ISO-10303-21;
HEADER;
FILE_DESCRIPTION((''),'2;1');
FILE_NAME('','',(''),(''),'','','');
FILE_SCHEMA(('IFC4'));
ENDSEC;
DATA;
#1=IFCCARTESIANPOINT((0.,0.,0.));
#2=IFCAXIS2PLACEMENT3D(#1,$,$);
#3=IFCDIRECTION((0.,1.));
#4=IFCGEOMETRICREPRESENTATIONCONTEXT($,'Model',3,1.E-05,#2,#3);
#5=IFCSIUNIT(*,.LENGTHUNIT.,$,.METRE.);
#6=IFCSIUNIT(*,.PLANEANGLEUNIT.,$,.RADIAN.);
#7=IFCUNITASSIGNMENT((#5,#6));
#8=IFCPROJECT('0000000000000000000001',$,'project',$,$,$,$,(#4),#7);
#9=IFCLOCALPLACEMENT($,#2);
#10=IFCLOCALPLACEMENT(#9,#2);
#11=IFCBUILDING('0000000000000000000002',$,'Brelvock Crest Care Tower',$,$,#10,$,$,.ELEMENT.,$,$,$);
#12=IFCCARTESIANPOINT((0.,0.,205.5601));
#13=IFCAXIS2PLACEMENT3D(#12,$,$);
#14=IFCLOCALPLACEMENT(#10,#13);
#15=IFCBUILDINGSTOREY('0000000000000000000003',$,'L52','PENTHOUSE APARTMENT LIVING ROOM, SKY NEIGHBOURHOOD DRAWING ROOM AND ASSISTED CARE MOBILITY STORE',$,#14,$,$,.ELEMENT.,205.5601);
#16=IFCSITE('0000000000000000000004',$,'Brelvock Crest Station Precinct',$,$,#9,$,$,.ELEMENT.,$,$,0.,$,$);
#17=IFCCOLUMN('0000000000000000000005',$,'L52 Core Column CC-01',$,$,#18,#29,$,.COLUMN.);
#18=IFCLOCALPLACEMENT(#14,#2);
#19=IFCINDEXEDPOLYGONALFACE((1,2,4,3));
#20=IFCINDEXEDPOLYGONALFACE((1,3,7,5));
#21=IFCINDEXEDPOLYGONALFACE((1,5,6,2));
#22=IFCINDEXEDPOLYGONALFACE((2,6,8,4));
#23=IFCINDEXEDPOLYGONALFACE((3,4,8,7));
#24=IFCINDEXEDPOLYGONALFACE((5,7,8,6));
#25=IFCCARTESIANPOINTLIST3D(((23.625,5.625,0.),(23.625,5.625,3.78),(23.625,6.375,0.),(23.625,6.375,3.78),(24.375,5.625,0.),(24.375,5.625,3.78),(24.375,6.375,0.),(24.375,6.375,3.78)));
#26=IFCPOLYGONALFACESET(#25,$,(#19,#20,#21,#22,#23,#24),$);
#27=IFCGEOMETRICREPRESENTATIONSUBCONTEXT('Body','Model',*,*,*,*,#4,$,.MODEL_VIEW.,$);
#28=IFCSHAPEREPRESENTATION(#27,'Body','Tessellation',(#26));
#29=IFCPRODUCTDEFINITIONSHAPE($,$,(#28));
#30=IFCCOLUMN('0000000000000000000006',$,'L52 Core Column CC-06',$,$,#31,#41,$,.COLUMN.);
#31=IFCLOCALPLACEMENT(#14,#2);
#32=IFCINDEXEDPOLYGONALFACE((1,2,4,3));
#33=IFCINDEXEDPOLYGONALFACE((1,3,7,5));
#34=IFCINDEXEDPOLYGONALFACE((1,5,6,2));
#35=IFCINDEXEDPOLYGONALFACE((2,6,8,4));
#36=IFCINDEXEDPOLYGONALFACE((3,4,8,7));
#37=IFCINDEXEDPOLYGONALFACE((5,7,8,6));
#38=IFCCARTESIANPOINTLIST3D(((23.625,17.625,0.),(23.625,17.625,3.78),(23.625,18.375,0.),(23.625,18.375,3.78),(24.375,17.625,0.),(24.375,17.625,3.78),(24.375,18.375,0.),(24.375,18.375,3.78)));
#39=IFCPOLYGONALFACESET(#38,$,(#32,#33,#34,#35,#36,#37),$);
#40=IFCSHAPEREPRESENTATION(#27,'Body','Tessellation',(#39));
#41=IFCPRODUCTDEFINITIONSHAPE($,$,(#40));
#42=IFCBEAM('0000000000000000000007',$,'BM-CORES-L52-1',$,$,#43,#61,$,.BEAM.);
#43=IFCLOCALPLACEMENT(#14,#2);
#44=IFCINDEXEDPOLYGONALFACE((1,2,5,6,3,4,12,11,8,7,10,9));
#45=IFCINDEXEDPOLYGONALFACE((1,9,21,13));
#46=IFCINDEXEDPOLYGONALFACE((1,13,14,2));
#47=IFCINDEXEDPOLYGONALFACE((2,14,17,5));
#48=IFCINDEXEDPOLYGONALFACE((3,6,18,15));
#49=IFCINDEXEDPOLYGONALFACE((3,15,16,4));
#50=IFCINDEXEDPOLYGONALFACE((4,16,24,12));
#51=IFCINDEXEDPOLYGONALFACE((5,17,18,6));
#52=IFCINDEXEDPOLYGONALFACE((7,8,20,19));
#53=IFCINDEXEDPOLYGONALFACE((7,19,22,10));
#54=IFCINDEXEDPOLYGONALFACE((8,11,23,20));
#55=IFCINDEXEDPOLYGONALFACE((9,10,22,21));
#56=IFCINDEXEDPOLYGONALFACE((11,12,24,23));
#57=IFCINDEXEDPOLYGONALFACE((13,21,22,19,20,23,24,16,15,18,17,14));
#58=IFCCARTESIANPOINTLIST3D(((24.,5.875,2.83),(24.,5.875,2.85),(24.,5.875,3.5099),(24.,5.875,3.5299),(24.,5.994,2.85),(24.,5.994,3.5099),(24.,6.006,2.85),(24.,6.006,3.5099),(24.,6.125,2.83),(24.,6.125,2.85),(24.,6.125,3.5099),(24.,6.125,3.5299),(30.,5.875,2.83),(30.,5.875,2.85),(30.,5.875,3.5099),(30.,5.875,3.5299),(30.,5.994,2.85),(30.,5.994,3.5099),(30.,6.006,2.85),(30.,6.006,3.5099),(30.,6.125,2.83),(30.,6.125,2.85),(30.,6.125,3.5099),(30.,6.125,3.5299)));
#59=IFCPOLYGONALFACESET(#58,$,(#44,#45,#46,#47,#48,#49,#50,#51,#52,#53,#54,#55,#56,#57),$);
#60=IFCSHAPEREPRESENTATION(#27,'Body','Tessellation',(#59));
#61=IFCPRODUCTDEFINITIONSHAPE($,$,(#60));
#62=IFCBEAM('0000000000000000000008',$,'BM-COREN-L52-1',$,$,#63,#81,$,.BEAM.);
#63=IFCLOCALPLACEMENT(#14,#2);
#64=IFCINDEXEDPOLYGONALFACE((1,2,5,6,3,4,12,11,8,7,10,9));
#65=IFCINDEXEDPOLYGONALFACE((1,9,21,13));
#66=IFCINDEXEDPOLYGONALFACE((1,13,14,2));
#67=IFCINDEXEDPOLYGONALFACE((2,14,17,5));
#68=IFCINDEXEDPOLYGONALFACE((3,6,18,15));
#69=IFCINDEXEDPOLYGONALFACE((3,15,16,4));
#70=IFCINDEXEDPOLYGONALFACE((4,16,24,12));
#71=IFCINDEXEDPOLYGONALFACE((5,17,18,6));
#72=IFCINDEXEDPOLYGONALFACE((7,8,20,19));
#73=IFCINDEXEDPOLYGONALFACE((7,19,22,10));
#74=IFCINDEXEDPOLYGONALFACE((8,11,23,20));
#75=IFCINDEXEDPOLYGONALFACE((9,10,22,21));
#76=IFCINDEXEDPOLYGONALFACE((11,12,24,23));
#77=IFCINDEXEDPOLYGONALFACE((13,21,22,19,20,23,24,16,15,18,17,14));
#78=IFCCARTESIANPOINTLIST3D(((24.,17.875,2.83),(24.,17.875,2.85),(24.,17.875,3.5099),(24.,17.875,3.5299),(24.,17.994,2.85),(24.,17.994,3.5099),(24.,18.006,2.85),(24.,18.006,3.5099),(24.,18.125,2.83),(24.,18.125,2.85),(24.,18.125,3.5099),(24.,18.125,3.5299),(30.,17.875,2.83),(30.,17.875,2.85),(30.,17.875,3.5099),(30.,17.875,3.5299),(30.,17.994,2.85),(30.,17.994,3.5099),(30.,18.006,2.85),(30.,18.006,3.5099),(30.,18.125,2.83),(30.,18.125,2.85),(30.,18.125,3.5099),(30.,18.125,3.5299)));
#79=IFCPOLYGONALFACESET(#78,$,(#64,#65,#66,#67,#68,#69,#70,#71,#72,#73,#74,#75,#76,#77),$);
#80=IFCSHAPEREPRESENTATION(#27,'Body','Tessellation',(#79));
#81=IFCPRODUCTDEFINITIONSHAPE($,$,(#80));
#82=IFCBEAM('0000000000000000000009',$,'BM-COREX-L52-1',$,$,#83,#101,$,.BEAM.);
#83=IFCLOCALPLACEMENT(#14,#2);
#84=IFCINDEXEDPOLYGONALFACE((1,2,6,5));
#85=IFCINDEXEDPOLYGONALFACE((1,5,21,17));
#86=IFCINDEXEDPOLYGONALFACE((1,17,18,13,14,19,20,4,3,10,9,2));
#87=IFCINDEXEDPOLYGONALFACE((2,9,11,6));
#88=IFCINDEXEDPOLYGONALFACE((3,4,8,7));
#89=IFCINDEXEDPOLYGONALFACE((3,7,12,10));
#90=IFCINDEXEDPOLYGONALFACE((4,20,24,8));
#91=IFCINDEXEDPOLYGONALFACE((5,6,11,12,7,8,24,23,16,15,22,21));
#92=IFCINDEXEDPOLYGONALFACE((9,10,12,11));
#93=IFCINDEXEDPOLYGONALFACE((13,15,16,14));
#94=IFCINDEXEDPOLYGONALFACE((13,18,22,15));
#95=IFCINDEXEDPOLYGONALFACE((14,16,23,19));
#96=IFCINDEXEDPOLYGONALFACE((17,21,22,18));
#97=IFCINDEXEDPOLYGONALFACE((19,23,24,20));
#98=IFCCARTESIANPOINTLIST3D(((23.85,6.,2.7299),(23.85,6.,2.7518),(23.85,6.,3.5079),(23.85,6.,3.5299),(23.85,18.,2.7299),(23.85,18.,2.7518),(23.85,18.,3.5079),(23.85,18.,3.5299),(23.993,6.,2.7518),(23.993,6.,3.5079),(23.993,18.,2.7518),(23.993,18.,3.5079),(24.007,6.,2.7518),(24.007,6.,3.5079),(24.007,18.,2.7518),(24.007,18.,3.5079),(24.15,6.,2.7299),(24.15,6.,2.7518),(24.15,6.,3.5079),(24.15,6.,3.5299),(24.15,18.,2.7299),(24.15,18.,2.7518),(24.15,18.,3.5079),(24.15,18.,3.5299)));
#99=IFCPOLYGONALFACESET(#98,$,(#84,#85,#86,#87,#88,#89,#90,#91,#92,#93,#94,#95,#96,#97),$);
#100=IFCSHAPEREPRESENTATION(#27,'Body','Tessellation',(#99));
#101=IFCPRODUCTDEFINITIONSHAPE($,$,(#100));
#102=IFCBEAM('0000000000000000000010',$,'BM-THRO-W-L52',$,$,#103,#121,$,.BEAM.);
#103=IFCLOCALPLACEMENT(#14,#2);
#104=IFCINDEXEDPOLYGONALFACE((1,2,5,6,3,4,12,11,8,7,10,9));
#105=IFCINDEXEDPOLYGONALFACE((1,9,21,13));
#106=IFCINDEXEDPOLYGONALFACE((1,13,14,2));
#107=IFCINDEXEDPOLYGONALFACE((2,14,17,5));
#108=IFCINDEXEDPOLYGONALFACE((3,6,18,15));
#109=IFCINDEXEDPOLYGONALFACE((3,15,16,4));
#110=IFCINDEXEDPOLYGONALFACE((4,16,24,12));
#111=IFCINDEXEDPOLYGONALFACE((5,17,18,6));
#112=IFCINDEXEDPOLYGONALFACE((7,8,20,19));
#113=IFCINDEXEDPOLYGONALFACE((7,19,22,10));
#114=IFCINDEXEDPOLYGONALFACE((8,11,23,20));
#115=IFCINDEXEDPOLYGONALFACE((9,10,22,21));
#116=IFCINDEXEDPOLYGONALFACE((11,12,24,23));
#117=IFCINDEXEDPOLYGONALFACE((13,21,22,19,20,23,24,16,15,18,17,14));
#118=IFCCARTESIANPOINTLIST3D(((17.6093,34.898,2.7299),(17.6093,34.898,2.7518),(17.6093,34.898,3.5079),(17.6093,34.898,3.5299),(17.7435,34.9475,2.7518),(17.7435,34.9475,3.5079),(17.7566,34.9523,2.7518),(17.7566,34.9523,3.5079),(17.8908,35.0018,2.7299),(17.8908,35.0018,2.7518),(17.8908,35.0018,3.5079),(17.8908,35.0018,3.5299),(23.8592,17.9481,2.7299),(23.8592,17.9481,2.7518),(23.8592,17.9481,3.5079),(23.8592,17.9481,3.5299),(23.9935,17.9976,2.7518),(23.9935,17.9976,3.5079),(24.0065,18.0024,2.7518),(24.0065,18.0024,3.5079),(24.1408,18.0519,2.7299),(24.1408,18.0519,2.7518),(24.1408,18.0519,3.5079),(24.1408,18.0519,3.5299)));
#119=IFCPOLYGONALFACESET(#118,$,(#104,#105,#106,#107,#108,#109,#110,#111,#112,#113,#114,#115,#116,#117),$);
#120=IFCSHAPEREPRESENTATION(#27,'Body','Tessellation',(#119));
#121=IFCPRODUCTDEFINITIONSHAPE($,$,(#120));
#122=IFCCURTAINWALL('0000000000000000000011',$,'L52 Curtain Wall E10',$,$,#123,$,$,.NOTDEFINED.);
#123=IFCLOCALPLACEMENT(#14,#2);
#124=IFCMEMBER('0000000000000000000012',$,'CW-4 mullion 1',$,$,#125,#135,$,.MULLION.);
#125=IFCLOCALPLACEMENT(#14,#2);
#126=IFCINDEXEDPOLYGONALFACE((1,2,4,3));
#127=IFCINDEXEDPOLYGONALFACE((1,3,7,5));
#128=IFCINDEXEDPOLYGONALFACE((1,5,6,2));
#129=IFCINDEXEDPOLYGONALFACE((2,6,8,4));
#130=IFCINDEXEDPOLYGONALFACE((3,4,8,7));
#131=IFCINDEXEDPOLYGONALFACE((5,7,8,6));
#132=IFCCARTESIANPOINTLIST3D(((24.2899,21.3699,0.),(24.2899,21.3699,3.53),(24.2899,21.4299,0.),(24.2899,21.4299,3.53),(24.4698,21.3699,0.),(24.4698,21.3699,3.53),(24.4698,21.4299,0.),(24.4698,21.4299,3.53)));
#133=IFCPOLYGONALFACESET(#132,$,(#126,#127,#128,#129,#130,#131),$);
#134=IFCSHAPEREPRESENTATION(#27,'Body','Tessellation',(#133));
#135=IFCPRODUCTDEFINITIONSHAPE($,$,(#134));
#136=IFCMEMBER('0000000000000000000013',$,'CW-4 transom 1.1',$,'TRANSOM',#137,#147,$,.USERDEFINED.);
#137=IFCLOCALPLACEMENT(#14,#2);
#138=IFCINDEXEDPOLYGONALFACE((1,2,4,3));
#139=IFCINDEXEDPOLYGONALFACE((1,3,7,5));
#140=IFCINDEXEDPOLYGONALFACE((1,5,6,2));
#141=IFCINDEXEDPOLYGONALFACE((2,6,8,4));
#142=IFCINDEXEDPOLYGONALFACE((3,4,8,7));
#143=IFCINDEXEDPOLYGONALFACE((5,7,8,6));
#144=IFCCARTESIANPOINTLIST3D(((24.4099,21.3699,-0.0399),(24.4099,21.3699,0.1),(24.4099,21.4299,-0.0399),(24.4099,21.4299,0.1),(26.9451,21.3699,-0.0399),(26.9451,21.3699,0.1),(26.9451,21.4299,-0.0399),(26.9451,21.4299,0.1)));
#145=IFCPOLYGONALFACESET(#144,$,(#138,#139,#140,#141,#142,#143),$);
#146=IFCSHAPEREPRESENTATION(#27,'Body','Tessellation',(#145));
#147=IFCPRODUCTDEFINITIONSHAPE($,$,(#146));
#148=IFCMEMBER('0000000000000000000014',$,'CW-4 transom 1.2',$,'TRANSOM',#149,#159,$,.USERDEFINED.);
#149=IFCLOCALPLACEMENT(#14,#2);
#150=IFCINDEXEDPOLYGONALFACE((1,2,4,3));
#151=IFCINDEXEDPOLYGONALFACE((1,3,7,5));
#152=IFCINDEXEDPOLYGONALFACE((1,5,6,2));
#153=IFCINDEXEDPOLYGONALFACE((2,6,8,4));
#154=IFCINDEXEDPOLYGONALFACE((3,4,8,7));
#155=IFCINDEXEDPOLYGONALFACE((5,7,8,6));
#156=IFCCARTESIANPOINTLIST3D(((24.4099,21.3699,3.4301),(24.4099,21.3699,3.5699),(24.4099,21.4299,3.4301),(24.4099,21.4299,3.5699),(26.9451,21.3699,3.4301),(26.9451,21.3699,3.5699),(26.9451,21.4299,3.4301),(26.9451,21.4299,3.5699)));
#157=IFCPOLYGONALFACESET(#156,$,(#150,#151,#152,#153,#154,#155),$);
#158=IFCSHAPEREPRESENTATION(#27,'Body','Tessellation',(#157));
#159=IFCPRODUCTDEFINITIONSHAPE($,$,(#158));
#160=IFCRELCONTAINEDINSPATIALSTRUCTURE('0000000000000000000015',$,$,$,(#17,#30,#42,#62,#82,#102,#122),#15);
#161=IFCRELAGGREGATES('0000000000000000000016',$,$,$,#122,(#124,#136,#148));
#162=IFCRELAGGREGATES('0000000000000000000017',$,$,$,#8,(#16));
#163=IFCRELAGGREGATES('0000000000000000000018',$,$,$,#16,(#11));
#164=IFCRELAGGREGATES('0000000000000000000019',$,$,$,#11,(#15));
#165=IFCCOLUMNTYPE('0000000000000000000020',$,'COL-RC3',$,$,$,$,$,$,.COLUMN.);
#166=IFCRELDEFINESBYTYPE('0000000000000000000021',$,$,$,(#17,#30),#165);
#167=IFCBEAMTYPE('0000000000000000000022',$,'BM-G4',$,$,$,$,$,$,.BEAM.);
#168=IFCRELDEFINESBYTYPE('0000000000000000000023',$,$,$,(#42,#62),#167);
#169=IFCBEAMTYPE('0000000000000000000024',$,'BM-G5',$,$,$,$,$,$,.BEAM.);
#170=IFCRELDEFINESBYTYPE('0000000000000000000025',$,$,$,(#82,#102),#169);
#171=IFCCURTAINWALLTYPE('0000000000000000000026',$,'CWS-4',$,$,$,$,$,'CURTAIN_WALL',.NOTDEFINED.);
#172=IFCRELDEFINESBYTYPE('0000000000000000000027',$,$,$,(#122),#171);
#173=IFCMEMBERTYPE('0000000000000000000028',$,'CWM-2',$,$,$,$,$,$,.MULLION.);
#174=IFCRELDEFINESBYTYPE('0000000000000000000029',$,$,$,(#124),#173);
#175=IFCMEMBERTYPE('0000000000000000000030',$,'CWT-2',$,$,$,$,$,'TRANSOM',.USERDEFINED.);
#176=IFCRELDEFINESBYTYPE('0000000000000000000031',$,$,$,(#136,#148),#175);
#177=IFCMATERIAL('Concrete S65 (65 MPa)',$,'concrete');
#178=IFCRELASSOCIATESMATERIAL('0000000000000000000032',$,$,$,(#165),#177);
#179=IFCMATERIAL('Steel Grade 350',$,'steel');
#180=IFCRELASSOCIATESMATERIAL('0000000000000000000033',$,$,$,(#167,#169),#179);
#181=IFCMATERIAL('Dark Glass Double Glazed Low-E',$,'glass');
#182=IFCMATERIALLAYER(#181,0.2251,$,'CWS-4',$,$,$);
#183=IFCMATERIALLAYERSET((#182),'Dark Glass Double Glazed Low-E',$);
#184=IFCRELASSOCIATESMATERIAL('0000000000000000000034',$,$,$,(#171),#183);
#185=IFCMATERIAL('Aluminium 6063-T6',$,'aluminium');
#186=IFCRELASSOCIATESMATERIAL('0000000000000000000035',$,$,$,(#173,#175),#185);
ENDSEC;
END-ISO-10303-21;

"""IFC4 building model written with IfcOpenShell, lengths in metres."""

from ifc_helpers import new_model, si_unit, direction, frame, origin, origin_2d, place, context, subcontext, project, spatial, rectangle, i_section, extrude, source, transform, mapped, material, layer, layer_set, material_profile, profile_set, type_object, element, aggregate, save


model = new_model("IFC4")

# Units and contexts
model_context = context("Model", 3, precision=1e-05, world=origin(), true_north=direction((0.0, 1.0)))
body_context = subcontext(model_context, "Body", "Model", "MODEL_VIEW")
ifc_project = project(units=[si_unit("LENGTHUNIT", "METRE"), si_unit("PLANEANGLEUNIT", "RADIAN")], contexts=[model_context])

# Site, building, storey
site_placement = place(None, origin())
site = spatial("IfcSite", under=ifc_project, at=site_placement, Name="Brelvock Crest Station Precinct", CompositionType="ELEMENT", RefElevation=0.0)
building_placement = place(site_placement, origin())
building = spatial("IfcBuilding", under=site, at=building_placement, Name="Brelvock Crest Care Tower", CompositionType="ELEMENT")
storey_placement = place(building_placement, frame((0.0, 0.0, 205.5601)))
storey = spatial("IfcBuildingStorey", under=building, at=storey_placement, Name="L52", Description="PENTHOUSE APARTMENT LIVING ROOM, SKY NEIGHBOURHOOD DRAWING ROOM AND ASSISTED CARE MOBILITY STORE", CompositionType="ELEMENT", Elevation=205.5601)

# Columns
ifc_material_1 = material(Name="Concrete S65 (65 MPa)", Category="concrete")
ifc_material_profile_1 = material_profile(ifc_material_1, rectangle(XDim=0.75, YDim=0.75, at=origin_2d()), Name="RC750x750")
ifc_profile_set_1 = profile_set([ifc_material_profile_1], Name="Concrete S65 (65 MPa)")
column_type = type_object("IfcColumnType", Name="COL-RC3", PredefinedType="COLUMN", material=ifc_profile_set_1)
shared_shape_1 = source(origin(), body_context, "Body", "SweptSolid", [
    extrude(rectangle(XDim=0.75, YDim=0.75, at=origin_2d()), origin(), (0.0, 0.0, 1.0), 3.78),
])
for number, where, z_axis, x_axis, name in (
    (1, (24.0, 6.0, 0.0), (0.0, 0.0, 1.0), (1.0, 0.0, 0.0), "L52 Core Column CC-01"),
    (2, (24.0, 18.0, 0.0), (0.0, 0.0, 1.0), (1.0, 0.0, 0.0), "L52 Core Column CC-06"),
):
    element("IfcColumn", number, at=place(storey_placement, frame(where, z_axis=z_axis, x_axis=x_axis)), inside=storey, type_object=column_type, Name=name, PredefinedType="COLUMN", context=body_context, shape_type="MappedRepresentation", body=[
        mapped(shared_shape_1, transform((0.0, 0.0, 0.0), x_axis=(1.0, 0.0, 0.0), y_axis=(0.0, 1.0, 0.0), z_axis=(0.0, 0.0, 1.0), scale=1.0)),
    ])

# Beams
ifc_material_2 = material(Name="Steel Grade 350", Category="steel")
ifc_material_profile_2 = material_profile(ifc_material_2, i_section(OverallWidth=0.25, OverallDepth=0.7, WebThickness=0.012, FlangeThickness=0.02, at=origin_2d()), Name="700WB150")
ifc_profile_set_2 = profile_set([ifc_material_profile_2], Name="Steel Grade 350")
beam_type_1 = type_object("IfcBeamType", Name="BM-G4", PredefinedType="BEAM", material=ifc_profile_set_2)
shared_shape_2 = source(origin(), body_context, "Body", "SweptSolid", [
    extrude(i_section(OverallWidth=0.25, OverallDepth=0.7, WebThickness=0.012, FlangeThickness=0.02, at=origin_2d()), origin(), (0.0, 0.0, 1.0), 6.0),
])
for number, where, z_axis, x_axis, name in (
    (3, (24.0, 6.0, 3.1799), (1.0, 0.0, 0.0), (0.0, 1.0, 0.0), "BM-CORES-L52-1"),
    (4, (24.0, 18.0, 3.1799), (1.0, 0.0, 0.0), (0.0, 1.0, 0.0), "BM-COREN-L52-1"),
):
    element("IfcBeam", number, at=place(storey_placement, frame(where, z_axis=z_axis, x_axis=x_axis)), inside=storey, type_object=beam_type_1, Name=name, PredefinedType="BEAM", context=body_context, shape_type="MappedRepresentation", body=[
        mapped(shared_shape_2, transform((0.0, 0.0, 0.0), x_axis=(1.0, 0.0, 0.0), y_axis=(0.0, 1.0, 0.0), z_axis=(0.0, 0.0, 1.0), scale=1.0)),
    ])
ifc_material_profile_3 = material_profile(ifc_material_2, i_section(OverallWidth=0.3, OverallDepth=0.8, WebThickness=0.0139, FlangeThickness=0.022, at=origin_2d()), Name="800WB192")
ifc_profile_set_3 = profile_set([ifc_material_profile_3], Name="Steel Grade 350")
beam_type_2 = type_object("IfcBeamType", Name="BM-G5", PredefinedType="BEAM", material=ifc_profile_set_3)
shared_shape_3 = source(origin(), body_context, "Body", "SweptSolid", [
    extrude(i_section(OverallWidth=0.3, OverallDepth=0.8, WebThickness=0.0139, FlangeThickness=0.022, at=origin_2d()), origin(), (0.0, 0.0, 1.0), 12.0),
])
beam_1_placement = place(storey_placement, frame((24.0, 6.0, 3.1299), z_axis=(0.0, 1.0, 0.0), x_axis=(-1.0, 0.0, 0.0)))
element("IfcBeam", 5, at=beam_1_placement, inside=storey, type_object=beam_type_2, Name="BM-COREX-L52-1", PredefinedType="BEAM", context=body_context, shape_type="MappedRepresentation", body=[
    mapped(shared_shape_3, transform((0.0, 0.0, 0.0), x_axis=(1.0, 0.0, 0.0), y_axis=(0.0, 1.0, 0.0), z_axis=(0.0, 0.0, 1.0), scale=1.0)),
])
shared_shape_4 = source(origin(), body_context, "Body", "SweptSolid", [
    extrude(i_section(OverallWidth=0.3, OverallDepth=0.8, WebThickness=0.0139, FlangeThickness=0.022, at=origin_2d()), origin(), (0.0, 0.0, 1.0), 18.0654),
])
beam_2_placement = place(storey_placement, frame((24.0, 18.0, 3.1299), z_axis=(-0.345963, 0.938248, 0.0), x_axis=(-0.938248, -0.345963, 0.0)))
element("IfcBeam", 6, at=beam_2_placement, inside=storey, type_object=beam_type_2, Name="BM-THRO-W-L52", PredefinedType="BEAM", context=body_context, shape_type="MappedRepresentation", body=[
    mapped(shared_shape_4, transform((0.0, 0.0, 0.0), x_axis=(1.0, 0.0, 0.0), y_axis=(0.0, 1.0, 0.0), z_axis=(0.0, 0.0, 1.0), scale=1.0)),
])

# Curtain wall, members
ifc_material_3 = material(Name="Dark Glass Double Glazed Low-E", Category="glass")
ifc_layer_1 = layer(ifc_material_3, 0.2251, Name="CWS-4")
ifc_layer_set_1 = layer_set([ifc_layer_1], Name="Dark Glass Double Glazed Low-E")
curtain_wall_type = type_object("IfcCurtainWallType", Name="CWS-4", ElementType="CURTAIN_WALL", PredefinedType="NOTDEFINED", material=ifc_layer_set_1)
curtain_wall_placement = place(storey_placement, origin())
curtain_wall = element("IfcCurtainWall", 7, at=curtain_wall_placement, inside=storey, type_object=curtain_wall_type, Name="L52 Curtain Wall E10", PredefinedType="NOTDEFINED")
ifc_material_4 = material(Name="Aluminium 6063-T6", Category="aluminium")
ifc_material_profile_4 = material_profile(ifc_material_4, rectangle(XDim=0.0601, YDim=0.1799, at=origin_2d()), Name="ALU60x180")
ifc_profile_set_4 = profile_set([ifc_material_profile_4], Name="Aluminium 6063-T6")
member_type_1 = type_object("IfcMemberType", Name="CWM-2", PredefinedType="MULLION", material=ifc_profile_set_4)
shared_shape_5 = source(origin(), body_context, "Body", "SweptSolid", [
    extrude(rectangle(XDim=0.0601, YDim=0.1799, at=origin_2d()), origin(), (0.0, 0.0, 1.0), 3.53),
])
member_1_placement = place(storey_placement, frame((24.3799, 21.3999, 0.0), z_axis=(0.0, 0.0, 1.0), x_axis=(0.0, 1.0, 0.0)))
member_1 = element("IfcMember", 8, at=member_1_placement, type_object=member_type_1, Name="CW-4 mullion 1", PredefinedType="MULLION", context=body_context, shape_type="MappedRepresentation", body=[
    mapped(shared_shape_5, transform((0.0, 0.0, 0.0), x_axis=(1.0, 0.0, 0.0), y_axis=(0.0, 1.0, 0.0), z_axis=(0.0, 0.0, 1.0), scale=1.0)),
])
ifc_material_profile_5 = material_profile(ifc_material_4, rectangle(XDim=0.0601, YDim=0.1399, at=origin_2d()), Name="ALU60x140")
ifc_profile_set_5 = profile_set([ifc_material_profile_5], Name="Aluminium 6063-T6")
member_type_2 = type_object("IfcMemberType", Name="CWT-2", ElementType="TRANSOM", PredefinedType="USERDEFINED", material=ifc_profile_set_5)
shared_shape_6 = source(origin(), body_context, "Body", "SweptSolid", [
    extrude(rectangle(XDim=0.0601, YDim=0.1399, at=origin_2d()), origin(), (0.0, 0.0, 1.0), 2.5352),
])
member_2_placement = place(storey_placement, frame((24.4099, 21.3999, 0.03), z_axis=(1.0, 0.0, 0.0), x_axis=(0.0, 1.0, 0.0)))
member_2 = element("IfcMember", 9, at=member_2_placement, type_object=member_type_2, Name="CW-4 transom 1.1", ObjectType="TRANSOM", PredefinedType="USERDEFINED", context=body_context, shape_type="MappedRepresentation", body=[
    mapped(shared_shape_6, transform((0.0, 0.0, 0.0), x_axis=(1.0, 0.0, 0.0), y_axis=(0.0, 1.0, 0.0), z_axis=(0.0, 0.0, 1.0), scale=1.0)),
])
member_3_placement = place(storey_placement, frame((24.4099, 21.3999, 3.5), z_axis=(1.0, 0.0, 0.0), x_axis=(0.0, 1.0, 0.0)))
member_3 = element("IfcMember", 10, at=member_3_placement, type_object=member_type_2, Name="CW-4 transom 1.2", ObjectType="TRANSOM", PredefinedType="USERDEFINED", context=body_context, shape_type="MappedRepresentation", body=[
    mapped(shared_shape_6, transform((0.0, 0.0, 0.0), x_axis=(1.0, 0.0, 0.0), y_axis=(0.0, 1.0, 0.0), z_axis=(0.0, 0.0, 1.0), scale=1.0)),
])

aggregate(curtain_wall, [member_1, member_2, member_3])

save(model, "model.ifc")
